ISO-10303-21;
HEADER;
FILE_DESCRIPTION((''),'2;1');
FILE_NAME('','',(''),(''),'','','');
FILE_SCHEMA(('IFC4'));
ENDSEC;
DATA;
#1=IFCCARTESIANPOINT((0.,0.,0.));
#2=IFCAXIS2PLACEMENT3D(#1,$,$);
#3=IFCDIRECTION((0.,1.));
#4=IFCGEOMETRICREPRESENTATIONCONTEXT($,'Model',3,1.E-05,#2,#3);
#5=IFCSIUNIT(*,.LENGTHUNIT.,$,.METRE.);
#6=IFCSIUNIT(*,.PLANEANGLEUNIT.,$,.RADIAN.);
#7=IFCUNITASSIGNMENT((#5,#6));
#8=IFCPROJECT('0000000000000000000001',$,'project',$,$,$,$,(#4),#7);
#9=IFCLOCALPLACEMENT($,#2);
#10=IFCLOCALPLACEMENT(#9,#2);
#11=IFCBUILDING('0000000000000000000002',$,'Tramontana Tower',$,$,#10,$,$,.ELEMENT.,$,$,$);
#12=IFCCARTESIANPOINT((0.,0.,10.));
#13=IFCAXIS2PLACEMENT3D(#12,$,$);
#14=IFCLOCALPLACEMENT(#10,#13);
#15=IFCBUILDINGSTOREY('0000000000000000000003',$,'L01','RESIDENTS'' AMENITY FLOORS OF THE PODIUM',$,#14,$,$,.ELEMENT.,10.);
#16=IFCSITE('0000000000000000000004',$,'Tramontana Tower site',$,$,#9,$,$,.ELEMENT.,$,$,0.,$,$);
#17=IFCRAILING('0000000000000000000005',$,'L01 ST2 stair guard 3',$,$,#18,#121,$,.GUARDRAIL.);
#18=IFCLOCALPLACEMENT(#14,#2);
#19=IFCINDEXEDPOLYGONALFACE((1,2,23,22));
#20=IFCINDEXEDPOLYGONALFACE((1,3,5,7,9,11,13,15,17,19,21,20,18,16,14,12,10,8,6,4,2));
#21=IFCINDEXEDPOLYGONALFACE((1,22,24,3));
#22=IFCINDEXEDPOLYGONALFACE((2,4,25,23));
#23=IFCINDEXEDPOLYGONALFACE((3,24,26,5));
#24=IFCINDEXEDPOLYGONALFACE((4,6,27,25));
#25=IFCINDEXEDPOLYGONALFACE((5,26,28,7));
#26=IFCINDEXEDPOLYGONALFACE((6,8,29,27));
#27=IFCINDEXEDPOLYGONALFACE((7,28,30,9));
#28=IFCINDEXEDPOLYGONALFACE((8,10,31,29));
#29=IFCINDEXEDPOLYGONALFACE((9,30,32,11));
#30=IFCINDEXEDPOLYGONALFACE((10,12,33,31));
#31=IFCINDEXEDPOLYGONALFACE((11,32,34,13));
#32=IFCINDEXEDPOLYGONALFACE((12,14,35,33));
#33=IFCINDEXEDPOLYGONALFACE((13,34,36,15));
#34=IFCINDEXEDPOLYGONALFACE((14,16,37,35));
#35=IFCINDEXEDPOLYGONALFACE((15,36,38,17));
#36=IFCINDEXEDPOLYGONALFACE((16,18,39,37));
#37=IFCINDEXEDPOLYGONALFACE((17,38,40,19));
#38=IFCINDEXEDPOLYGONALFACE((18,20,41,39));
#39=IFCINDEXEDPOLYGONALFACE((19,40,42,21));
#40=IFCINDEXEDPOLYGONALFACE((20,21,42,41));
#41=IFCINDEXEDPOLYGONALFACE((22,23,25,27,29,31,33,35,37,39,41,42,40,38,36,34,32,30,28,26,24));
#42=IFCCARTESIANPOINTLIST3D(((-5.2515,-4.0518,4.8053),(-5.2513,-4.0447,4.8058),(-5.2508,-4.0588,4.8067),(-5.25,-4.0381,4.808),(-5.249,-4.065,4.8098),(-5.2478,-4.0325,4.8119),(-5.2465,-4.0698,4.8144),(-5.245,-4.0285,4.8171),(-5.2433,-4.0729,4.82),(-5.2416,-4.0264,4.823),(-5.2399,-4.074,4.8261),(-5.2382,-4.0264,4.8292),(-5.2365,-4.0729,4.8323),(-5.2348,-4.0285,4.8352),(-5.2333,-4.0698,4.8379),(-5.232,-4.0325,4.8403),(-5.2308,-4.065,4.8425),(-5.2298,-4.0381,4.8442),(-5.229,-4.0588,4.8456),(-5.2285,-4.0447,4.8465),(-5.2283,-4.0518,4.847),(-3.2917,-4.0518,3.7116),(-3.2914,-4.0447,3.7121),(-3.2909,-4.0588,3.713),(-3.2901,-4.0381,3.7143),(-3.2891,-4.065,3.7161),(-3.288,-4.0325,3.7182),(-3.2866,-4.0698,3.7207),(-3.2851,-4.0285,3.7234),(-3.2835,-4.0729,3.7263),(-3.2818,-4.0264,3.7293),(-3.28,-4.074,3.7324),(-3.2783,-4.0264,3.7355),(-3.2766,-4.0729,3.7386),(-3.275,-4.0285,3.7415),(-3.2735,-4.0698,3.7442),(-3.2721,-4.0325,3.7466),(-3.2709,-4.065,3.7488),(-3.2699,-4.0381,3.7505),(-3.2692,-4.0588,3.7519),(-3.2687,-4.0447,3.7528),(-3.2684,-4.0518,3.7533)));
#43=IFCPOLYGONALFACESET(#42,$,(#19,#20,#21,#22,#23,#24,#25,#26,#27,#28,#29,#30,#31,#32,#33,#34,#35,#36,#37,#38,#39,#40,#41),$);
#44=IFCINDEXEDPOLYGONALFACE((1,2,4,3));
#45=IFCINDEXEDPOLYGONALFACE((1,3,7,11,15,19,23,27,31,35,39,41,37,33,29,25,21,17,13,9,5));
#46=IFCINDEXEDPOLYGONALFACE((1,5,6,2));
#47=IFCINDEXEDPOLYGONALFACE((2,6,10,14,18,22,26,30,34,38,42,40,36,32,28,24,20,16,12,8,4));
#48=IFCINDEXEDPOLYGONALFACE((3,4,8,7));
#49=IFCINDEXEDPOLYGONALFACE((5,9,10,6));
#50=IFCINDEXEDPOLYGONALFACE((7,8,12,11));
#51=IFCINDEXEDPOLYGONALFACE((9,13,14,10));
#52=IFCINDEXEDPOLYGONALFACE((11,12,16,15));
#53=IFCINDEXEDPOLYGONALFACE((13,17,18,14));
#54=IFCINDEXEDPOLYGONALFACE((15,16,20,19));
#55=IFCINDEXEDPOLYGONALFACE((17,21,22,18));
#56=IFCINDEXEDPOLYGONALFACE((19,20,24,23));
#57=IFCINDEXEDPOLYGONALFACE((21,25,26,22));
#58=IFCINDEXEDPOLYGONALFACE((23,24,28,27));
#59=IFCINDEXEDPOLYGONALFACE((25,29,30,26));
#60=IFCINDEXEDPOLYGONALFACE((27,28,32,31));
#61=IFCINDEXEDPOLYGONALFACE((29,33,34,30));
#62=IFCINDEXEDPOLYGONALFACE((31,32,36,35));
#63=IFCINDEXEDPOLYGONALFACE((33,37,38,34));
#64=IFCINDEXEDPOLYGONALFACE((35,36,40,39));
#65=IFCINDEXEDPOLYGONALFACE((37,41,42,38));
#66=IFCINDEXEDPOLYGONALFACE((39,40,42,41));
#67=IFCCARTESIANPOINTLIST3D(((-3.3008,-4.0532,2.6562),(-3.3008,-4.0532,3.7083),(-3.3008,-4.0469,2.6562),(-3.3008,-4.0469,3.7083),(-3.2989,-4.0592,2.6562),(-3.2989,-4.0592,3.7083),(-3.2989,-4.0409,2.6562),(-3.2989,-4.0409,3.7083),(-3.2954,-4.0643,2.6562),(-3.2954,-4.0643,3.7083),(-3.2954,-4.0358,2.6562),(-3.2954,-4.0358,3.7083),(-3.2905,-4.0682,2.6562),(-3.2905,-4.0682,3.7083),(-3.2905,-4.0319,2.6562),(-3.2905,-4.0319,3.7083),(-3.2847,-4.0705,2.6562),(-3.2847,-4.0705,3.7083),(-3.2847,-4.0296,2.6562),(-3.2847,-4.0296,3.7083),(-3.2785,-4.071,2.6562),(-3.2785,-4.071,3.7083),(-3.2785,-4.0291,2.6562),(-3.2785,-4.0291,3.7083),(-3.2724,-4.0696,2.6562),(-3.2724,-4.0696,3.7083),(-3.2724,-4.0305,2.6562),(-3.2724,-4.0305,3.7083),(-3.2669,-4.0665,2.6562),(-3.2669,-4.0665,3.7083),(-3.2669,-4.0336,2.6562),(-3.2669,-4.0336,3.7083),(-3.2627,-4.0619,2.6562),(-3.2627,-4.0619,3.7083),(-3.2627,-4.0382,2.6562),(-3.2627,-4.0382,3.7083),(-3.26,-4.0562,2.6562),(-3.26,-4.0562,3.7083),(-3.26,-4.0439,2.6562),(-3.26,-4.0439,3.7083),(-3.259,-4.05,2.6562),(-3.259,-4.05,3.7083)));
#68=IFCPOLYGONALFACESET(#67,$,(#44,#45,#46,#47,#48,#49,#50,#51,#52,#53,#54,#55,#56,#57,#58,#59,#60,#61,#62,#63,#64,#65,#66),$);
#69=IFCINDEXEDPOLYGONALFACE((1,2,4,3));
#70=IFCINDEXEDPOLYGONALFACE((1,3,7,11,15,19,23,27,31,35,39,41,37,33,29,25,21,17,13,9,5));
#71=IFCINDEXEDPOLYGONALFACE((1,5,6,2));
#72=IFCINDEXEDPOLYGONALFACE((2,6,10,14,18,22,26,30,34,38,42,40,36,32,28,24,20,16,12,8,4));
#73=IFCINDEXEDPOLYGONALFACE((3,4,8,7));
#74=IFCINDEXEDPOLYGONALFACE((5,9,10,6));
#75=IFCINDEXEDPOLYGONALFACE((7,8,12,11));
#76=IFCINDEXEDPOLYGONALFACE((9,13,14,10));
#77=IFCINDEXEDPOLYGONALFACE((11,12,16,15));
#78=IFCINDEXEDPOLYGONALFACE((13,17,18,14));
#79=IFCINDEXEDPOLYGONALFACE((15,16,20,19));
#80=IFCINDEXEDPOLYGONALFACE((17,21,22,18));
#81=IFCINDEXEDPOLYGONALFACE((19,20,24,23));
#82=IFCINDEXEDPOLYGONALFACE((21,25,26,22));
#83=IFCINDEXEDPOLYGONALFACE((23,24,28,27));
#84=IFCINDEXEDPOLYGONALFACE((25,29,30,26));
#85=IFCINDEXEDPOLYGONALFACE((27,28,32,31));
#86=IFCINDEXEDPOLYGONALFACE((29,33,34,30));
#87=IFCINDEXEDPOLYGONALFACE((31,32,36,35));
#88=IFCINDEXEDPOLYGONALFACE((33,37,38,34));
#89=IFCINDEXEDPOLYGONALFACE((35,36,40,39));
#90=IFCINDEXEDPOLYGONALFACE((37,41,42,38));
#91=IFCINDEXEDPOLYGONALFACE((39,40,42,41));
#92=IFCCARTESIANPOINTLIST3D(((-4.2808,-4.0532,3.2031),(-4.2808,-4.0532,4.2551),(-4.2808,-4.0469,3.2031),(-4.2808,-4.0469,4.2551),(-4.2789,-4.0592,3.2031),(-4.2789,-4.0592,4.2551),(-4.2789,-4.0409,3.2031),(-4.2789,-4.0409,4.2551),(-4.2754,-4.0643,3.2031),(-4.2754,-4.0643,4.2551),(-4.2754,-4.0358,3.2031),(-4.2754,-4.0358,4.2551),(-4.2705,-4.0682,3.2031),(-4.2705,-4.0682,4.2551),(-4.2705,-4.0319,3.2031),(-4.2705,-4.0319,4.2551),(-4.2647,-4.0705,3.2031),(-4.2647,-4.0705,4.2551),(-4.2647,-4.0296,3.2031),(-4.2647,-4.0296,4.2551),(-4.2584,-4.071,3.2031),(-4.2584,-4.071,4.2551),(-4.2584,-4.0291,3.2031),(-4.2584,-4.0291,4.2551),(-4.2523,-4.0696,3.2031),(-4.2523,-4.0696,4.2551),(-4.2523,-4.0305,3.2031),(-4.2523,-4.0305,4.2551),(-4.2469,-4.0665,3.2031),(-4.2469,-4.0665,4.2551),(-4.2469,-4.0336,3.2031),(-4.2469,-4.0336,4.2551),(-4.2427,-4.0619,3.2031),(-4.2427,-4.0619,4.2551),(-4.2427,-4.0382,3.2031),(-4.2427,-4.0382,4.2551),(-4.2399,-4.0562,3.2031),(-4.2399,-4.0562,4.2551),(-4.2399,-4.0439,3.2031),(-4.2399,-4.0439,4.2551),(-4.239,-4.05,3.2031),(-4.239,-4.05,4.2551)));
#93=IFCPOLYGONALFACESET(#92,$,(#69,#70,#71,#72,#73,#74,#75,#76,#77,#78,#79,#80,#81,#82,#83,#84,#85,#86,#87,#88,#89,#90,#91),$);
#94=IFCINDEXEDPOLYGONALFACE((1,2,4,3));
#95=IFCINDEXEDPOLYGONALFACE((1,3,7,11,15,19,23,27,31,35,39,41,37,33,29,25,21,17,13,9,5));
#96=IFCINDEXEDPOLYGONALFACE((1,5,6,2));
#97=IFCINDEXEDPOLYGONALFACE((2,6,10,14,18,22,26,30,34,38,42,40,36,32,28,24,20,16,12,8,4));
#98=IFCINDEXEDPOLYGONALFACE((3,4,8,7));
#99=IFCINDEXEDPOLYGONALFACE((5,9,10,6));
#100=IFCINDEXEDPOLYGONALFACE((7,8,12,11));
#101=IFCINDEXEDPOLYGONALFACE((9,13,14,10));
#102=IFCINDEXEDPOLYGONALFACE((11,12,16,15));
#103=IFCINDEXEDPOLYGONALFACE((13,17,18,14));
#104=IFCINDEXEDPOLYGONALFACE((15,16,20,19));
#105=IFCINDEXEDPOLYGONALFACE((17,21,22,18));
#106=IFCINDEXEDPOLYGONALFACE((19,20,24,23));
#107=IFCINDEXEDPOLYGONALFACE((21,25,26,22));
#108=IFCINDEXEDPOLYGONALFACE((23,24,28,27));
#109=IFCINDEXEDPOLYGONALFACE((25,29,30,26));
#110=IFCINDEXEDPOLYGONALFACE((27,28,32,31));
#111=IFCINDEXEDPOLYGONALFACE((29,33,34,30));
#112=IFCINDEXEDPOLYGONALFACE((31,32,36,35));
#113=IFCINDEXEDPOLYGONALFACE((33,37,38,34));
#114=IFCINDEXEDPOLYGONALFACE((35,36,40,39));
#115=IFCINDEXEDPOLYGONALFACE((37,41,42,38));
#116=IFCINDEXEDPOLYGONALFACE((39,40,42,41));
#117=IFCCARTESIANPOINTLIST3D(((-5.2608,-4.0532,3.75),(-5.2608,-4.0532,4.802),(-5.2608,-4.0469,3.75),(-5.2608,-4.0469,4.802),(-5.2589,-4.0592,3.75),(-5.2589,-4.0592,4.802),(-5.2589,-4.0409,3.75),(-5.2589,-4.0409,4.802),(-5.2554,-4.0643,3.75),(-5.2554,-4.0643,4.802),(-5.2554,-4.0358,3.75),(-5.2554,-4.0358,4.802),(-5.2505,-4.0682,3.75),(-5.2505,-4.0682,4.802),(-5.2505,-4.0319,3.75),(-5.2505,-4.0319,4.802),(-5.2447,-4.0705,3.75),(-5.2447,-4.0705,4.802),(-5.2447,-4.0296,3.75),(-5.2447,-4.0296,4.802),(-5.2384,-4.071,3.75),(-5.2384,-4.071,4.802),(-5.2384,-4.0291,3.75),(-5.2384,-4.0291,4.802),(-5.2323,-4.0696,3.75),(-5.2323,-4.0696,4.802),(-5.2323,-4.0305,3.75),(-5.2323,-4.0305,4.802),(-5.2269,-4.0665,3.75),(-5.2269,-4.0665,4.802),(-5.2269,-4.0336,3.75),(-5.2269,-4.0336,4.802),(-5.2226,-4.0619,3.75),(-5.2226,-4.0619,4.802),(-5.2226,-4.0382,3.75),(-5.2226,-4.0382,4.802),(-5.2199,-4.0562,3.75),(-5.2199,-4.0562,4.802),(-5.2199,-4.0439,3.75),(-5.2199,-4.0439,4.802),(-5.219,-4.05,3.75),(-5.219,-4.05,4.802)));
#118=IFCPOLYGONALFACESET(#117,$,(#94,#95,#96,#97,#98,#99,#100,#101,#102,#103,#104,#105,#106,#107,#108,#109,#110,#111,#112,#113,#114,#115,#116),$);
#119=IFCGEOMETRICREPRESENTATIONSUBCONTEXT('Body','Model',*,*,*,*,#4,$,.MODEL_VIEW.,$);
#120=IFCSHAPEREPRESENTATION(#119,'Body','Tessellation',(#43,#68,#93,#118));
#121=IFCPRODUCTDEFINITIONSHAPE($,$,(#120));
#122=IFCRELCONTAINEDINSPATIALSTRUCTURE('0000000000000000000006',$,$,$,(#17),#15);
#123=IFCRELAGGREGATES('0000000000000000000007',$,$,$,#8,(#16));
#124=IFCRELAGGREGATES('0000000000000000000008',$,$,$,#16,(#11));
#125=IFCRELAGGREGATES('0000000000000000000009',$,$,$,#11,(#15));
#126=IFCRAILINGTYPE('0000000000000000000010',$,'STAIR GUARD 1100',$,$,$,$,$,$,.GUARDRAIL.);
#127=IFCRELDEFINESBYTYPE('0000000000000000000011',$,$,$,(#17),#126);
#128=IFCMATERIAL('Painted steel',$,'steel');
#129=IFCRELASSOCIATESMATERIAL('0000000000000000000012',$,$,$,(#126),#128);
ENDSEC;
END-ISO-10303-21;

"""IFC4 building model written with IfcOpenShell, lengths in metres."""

from ifc_helpers import new_model, si_unit, direction, frame, origin, origin_2d, place, context, subcontext, project, spatial, circle, extrude, material, type_object, element, save


model = new_model("IFC4")

# Units and contexts
model_context = context("Model", 3, precision=1e-05, world=origin(), true_north=direction((0.0, 1.0)))
body_context = subcontext(model_context, "Body", "Model", "MODEL_VIEW")
ifc_project = project(units=[si_unit("LENGTHUNIT", "METRE"), si_unit("PLANEANGLEUNIT", "RADIAN")], contexts=[model_context])

# Site, building, storey
site_placement = place(None, origin())
site = spatial("IfcSite", under=ifc_project, at=site_placement, Name="Tramontana Tower site", CompositionType="ELEMENT", RefElevation=0.0)
building_placement = place(site_placement, origin())
building = spatial("IfcBuilding", under=site, at=building_placement, Name="Tramontana Tower", CompositionType="ELEMENT")
storey_placement = place(building_placement, frame((0.0, 0.0, 10.0)))
storey = spatial("IfcBuildingStorey", under=building, at=storey_placement, Name="L01", Description="RESIDENTS' AMENITY FLOORS OF THE PODIUM", CompositionType="ELEMENT", Elevation=10.0)

# Railing
ifc_material_1 = material(Name="Painted steel", Category="steel")
railing_type_1 = type_object("IfcRailingType", Name="STAIR GUARD 1100", PredefinedType="GUARDRAIL", material=ifc_material_1)
railing_1_placement = place(storey_placement, frame((-3.28, -4.05, 2.6562)))
element("IfcRailing", 1, at=railing_1_placement, inside=storey, type_object=railing_type_1, Name="L01 ST2 stair guard 3", PredefinedType="GUARDRAIL", context=body_context, shape_type="SweptSolid", body=[
    extrude(circle(Radius=0.0239, at=origin_2d()), frame((0.0, 0.0, 1.0762), z_axis=(-0.873232, 0.0, 0.487304), x_axis=(0.0, -1.0, 0.0)), (0.0, 0.0, 1.0), 2.2444),
    extrude(circle(Radius=0.021, at=origin_2d()), origin(), (0.0, 0.0, 1.0), 1.052),
    extrude(circle(Radius=0.021, at=origin_2d()), frame((-0.98, 0.0, 0.5469)), (0.0, 0.0, 1.0), 1.052),
    extrude(circle(Radius=0.021, at=origin_2d()), frame((-1.96, 0.0, 1.0938)), (0.0, 0.0, 1.0), 1.052),
])

save(model, "model.ifc")
